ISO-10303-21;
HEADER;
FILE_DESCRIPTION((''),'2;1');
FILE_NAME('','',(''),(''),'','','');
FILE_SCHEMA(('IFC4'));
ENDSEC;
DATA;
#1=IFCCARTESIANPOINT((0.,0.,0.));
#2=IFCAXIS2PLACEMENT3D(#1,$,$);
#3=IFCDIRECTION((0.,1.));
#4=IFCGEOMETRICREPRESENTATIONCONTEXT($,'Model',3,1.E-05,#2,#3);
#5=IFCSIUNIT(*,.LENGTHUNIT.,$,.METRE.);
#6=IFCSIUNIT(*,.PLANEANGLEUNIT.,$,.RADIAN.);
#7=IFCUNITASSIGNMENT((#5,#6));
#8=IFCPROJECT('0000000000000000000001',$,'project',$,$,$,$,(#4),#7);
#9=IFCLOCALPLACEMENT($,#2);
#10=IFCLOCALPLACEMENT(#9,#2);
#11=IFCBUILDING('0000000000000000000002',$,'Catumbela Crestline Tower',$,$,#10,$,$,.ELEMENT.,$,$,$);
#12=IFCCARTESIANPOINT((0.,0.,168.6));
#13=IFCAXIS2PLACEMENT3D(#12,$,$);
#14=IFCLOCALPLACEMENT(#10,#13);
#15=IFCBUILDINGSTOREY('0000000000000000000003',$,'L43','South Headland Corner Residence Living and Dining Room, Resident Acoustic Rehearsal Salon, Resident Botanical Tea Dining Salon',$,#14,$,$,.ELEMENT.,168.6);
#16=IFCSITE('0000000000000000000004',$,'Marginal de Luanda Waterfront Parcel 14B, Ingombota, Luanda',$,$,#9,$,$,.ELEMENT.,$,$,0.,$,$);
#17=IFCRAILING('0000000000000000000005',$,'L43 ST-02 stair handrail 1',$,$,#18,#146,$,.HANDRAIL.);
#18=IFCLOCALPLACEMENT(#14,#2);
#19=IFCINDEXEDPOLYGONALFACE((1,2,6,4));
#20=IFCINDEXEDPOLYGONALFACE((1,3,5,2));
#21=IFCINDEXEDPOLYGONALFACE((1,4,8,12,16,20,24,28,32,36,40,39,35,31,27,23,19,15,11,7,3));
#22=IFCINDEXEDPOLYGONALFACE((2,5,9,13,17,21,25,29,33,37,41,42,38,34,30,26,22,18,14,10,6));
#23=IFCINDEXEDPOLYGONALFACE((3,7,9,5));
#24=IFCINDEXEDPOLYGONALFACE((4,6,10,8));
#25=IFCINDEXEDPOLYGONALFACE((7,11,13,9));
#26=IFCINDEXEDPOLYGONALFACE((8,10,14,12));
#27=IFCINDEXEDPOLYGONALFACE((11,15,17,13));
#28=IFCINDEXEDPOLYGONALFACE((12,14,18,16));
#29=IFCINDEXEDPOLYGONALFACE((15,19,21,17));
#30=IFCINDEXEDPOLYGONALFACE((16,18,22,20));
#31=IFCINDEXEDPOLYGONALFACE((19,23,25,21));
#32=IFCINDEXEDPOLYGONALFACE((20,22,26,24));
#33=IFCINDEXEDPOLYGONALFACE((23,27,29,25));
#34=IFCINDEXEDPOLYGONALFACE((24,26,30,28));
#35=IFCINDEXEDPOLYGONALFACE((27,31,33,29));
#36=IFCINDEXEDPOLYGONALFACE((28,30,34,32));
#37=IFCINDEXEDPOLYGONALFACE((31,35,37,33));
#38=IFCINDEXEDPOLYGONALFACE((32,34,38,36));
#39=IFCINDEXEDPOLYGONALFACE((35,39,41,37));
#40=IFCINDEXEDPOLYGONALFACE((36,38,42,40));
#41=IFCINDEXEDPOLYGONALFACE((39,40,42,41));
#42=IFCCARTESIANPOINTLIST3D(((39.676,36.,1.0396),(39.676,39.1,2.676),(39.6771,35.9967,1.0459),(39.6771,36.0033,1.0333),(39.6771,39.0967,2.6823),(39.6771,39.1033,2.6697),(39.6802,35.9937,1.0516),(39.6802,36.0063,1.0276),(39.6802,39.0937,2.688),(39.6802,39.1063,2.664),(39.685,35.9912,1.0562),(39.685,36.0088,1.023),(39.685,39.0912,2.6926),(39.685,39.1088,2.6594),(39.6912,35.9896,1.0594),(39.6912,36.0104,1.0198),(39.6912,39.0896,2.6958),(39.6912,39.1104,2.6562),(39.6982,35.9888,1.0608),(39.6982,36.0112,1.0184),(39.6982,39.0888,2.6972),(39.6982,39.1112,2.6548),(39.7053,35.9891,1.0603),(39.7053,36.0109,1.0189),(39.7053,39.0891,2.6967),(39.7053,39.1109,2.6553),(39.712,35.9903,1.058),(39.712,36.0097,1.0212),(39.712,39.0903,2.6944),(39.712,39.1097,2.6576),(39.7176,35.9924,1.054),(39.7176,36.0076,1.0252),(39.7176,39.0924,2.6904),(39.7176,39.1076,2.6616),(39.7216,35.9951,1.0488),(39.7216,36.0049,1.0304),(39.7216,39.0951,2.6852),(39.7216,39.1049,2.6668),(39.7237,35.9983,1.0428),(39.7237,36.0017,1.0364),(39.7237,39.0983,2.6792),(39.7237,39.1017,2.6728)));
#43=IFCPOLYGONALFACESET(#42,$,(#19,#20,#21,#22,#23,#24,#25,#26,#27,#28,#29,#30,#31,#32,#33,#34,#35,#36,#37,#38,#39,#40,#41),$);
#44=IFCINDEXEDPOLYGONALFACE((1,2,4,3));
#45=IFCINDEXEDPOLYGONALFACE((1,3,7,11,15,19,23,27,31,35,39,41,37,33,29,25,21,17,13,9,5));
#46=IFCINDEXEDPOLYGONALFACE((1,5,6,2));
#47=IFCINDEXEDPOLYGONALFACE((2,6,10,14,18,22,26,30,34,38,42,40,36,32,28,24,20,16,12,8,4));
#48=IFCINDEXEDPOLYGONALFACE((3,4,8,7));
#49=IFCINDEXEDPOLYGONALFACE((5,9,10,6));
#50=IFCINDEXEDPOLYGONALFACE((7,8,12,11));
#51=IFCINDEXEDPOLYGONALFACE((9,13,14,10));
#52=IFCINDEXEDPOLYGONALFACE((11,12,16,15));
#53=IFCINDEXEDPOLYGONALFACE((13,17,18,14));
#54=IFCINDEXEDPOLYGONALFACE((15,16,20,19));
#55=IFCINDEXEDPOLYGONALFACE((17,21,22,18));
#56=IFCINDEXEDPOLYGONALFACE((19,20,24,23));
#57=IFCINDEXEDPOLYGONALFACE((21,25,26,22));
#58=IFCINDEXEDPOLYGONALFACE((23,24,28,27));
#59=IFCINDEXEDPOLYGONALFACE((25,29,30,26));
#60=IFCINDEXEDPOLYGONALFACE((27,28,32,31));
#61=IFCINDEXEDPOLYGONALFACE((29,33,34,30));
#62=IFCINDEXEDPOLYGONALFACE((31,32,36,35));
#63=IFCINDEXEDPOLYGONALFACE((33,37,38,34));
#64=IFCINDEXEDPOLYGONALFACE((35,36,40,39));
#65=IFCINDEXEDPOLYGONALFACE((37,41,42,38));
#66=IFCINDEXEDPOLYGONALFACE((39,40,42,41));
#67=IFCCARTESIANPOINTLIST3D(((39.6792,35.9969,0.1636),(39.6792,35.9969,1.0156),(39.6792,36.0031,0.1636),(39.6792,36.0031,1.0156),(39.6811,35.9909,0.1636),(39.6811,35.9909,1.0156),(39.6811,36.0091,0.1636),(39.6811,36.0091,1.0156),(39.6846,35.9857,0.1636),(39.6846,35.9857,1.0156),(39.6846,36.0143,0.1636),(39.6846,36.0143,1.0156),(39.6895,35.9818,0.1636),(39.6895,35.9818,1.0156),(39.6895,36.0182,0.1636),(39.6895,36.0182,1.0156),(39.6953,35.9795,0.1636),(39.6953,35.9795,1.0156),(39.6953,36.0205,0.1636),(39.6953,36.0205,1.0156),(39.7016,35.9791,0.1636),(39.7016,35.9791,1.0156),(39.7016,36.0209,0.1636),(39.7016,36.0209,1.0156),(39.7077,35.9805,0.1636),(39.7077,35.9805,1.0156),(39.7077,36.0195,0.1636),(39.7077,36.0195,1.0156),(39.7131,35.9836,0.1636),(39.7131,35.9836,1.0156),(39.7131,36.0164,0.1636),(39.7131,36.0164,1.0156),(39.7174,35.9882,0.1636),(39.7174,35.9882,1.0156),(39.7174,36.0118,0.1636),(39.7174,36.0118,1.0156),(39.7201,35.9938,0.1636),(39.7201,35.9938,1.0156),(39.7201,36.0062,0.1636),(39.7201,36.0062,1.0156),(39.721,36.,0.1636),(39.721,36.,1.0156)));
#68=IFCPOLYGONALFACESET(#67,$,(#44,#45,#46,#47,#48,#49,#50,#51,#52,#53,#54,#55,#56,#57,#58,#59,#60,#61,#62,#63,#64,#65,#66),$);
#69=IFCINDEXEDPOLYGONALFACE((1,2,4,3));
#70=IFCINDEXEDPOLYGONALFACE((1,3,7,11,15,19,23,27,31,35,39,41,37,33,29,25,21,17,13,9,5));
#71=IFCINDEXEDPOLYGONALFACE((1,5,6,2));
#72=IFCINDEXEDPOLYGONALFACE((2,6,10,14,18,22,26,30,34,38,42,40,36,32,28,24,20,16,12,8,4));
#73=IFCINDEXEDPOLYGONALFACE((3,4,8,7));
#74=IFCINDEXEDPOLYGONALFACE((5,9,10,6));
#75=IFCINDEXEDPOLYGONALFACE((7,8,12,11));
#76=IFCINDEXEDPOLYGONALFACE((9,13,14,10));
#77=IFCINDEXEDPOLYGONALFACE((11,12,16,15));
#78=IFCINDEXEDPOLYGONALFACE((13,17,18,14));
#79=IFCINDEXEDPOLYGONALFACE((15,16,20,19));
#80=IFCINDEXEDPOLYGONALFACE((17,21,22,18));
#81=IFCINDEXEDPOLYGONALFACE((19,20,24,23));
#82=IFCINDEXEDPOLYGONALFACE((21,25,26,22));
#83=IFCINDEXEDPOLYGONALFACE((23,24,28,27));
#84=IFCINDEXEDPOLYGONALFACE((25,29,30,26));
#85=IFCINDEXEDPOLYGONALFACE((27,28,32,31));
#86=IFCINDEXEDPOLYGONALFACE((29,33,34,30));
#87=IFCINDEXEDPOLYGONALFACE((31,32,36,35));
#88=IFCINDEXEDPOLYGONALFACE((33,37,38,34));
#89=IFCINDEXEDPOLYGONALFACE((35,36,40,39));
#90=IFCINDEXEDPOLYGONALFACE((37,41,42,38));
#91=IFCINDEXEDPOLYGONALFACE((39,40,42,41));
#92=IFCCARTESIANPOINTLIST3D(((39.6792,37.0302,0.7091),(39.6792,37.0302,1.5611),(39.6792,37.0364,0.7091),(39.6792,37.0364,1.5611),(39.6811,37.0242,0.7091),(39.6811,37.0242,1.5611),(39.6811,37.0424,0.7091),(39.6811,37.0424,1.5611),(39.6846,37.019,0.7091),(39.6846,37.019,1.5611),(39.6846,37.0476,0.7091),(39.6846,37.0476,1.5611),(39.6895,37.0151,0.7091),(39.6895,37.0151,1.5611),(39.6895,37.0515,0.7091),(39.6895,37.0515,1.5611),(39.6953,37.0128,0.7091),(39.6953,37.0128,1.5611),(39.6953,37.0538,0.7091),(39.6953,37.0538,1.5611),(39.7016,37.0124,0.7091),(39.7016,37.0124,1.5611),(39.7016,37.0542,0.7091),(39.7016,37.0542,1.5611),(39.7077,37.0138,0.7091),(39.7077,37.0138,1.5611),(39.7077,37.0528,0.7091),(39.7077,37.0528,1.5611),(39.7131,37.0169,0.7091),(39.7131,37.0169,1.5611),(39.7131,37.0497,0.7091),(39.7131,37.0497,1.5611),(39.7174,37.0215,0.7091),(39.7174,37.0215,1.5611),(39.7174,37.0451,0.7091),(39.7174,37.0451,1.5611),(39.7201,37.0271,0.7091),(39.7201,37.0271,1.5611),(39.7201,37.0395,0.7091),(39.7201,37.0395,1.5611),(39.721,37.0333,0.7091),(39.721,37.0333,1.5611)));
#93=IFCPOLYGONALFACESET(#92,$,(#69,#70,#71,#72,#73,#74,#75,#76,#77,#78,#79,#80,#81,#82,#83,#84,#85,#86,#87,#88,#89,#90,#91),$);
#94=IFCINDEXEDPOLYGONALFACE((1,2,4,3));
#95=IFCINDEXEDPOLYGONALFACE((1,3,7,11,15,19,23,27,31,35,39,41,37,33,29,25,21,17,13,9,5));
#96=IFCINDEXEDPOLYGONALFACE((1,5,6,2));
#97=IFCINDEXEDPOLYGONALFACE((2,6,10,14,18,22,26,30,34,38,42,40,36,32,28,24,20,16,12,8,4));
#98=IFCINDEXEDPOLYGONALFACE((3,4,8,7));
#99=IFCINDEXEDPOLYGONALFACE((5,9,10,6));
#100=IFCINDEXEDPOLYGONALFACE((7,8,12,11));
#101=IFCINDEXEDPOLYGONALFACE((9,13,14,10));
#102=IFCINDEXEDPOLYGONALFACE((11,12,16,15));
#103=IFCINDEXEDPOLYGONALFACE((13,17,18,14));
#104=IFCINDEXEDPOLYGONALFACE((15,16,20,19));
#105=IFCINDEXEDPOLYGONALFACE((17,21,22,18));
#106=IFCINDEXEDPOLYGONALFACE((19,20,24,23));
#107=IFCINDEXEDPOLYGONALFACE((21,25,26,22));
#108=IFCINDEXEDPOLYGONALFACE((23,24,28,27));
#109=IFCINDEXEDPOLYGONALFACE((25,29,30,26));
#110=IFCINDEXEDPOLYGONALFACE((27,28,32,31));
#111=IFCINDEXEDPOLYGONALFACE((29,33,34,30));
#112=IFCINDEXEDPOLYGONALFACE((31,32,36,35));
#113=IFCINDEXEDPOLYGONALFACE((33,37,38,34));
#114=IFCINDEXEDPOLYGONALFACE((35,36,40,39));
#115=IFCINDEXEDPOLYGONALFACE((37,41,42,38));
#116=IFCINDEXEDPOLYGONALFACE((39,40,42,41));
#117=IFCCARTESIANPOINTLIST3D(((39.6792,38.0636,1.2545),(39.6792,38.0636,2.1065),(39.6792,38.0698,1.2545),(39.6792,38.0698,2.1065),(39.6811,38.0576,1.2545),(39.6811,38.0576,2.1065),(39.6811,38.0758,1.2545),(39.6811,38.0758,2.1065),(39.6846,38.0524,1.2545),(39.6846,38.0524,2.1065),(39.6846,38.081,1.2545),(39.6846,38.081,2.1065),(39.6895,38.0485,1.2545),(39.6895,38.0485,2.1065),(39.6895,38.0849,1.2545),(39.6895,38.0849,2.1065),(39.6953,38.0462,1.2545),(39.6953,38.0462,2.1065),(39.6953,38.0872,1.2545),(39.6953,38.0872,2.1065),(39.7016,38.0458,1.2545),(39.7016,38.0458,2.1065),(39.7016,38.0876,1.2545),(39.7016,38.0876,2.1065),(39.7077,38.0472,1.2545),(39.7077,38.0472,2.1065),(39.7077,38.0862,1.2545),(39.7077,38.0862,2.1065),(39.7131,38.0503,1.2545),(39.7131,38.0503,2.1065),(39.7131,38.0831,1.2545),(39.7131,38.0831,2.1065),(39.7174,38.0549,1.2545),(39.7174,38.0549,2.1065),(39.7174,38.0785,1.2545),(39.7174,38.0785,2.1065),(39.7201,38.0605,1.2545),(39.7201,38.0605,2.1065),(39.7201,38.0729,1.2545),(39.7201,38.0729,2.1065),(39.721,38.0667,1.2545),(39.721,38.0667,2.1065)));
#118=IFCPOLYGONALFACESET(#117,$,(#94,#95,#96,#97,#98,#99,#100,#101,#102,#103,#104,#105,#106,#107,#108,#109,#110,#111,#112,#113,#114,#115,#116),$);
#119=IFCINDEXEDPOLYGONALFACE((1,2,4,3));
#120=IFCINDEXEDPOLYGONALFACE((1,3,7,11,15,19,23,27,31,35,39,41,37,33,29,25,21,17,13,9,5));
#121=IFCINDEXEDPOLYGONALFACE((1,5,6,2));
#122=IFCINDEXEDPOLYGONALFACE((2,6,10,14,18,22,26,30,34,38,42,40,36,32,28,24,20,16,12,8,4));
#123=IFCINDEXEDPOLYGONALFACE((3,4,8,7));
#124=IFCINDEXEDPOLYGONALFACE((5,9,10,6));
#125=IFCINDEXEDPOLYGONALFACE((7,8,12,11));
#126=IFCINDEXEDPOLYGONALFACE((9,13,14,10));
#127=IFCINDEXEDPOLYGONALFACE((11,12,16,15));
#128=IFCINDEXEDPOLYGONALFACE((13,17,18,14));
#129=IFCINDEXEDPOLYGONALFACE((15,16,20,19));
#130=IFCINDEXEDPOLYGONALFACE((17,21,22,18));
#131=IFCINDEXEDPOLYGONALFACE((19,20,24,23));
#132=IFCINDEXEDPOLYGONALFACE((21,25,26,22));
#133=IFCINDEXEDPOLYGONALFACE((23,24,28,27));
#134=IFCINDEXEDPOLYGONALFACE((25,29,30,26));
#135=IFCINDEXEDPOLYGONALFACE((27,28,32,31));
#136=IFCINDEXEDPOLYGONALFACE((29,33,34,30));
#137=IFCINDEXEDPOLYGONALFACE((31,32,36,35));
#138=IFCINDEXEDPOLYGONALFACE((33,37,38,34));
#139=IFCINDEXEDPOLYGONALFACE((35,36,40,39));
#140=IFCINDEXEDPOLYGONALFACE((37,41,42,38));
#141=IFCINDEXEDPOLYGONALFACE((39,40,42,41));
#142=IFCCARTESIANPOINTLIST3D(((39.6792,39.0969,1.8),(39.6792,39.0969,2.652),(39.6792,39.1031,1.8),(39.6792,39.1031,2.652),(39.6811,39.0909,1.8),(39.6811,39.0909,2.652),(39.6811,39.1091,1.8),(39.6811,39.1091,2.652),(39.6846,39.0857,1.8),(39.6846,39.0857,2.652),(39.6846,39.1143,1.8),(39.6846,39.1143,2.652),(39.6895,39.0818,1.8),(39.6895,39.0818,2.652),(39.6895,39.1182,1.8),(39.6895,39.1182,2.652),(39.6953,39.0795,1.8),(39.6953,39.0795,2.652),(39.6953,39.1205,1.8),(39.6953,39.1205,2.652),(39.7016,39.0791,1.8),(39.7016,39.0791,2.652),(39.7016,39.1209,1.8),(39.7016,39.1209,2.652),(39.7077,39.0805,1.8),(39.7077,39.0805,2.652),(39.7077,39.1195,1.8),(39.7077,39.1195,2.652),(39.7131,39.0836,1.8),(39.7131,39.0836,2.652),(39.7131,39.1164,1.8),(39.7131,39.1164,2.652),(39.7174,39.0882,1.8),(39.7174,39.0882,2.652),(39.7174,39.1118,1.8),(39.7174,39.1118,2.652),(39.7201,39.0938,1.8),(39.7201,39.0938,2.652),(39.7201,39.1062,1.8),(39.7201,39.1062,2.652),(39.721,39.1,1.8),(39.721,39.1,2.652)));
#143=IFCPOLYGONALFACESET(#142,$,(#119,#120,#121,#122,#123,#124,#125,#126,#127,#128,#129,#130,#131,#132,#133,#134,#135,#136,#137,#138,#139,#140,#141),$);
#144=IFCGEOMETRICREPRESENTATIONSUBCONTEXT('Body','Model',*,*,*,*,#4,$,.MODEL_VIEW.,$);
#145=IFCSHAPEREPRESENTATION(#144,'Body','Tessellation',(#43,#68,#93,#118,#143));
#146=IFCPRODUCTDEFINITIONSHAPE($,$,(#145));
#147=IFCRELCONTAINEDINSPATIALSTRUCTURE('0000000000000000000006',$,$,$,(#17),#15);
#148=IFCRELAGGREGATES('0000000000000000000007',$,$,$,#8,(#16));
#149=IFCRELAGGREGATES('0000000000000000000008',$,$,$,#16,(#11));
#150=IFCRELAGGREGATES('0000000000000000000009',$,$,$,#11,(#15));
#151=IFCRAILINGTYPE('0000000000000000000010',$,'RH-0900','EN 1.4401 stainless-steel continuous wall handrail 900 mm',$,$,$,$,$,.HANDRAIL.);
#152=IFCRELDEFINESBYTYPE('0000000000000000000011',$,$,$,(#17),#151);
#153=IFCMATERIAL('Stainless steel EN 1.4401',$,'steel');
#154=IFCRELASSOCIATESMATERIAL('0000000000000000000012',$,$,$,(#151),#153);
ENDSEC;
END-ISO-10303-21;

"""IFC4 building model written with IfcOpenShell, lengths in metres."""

from ifc_helpers import new_model, si_unit, direction, frame, origin, origin_2d, place, context, subcontext, project, spatial, circle, extrude, material, type_object, element, save


model = new_model("IFC4")

# Units and contexts
model_context = context("Model", 3, precision=1e-05, world=origin(), true_north=direction((0.0, 1.0)))
body_context = subcontext(model_context, "Body", "Model", "MODEL_VIEW")
ifc_project = project(units=[si_unit("LENGTHUNIT", "METRE"), si_unit("PLANEANGLEUNIT", "RADIAN")], contexts=[model_context])

# Site, building, storey
site_placement = place(None, origin())
site = spatial("IfcSite", under=ifc_project, at=site_placement, Name="Marginal de Luanda Waterfront Parcel 14B, Ingombota, Luanda", CompositionType="ELEMENT", RefElevation=0.0)
building_placement = place(site_placement, origin())
building = spatial("IfcBuilding", under=site, at=building_placement, Name="Catumbela Crestline Tower", CompositionType="ELEMENT")
storey_placement = place(building_placement, frame((0.0, 0.0, 168.6)))
storey = spatial("IfcBuildingStorey", under=building, at=storey_placement, Name="L43", Description="South Headland Corner Residence Living and Dining Room, Resident Acoustic Rehearsal Salon, Resident Botanical Tea Dining Salon", CompositionType="ELEMENT", Elevation=168.6)

# Shared definitions
ifc_material_1 = material(Name="Stainless steel EN 1.4401", Category="steel")

# Railing
railing_type_1 = type_object("IfcRailingType", Name="RH-0900", Description="EN 1.4401 stainless-steel continuous wall handrail 900 mm", PredefinedType="HANDRAIL", material=ifc_material_1)
railing_1_placement = place(storey_placement, frame((39.7, 36.0, 0.1636)))
element("IfcRailing", 1, at=railing_1_placement, inside=storey, type_object=railing_type_1, Name="L43 ST-02 stair handrail 1", PredefinedType="HANDRAIL", context=body_context, shape_type="SweptSolid", body=[
    extrude(circle(Radius=0.024, at=origin_2d()), frame((0.0, 0.0, 0.876), z_axis=(0.0, 0.884351, 0.466823), x_axis=(-1.0, 0.0, 0.0)), (0.0, 0.0, 1.0), 3.5054),
    extrude(circle(Radius=0.021, at=origin_2d()), origin(), (0.0, 0.0, 1.0), 0.852),
    extrude(circle(Radius=0.021, at=origin_2d()), frame((0.0, 1.0333, 0.5455)), (0.0, 0.0, 1.0), 0.852),
    extrude(circle(Radius=0.021, at=origin_2d()), frame((0.0, 2.0667, 1.0909)), (0.0, 0.0, 1.0), 0.852),
    extrude(circle(Radius=0.021, at=origin_2d()), frame((0.0, 3.1, 1.6364)), (0.0, 0.0, 1.0), 0.852),
])

save(model, "model.ifc")
